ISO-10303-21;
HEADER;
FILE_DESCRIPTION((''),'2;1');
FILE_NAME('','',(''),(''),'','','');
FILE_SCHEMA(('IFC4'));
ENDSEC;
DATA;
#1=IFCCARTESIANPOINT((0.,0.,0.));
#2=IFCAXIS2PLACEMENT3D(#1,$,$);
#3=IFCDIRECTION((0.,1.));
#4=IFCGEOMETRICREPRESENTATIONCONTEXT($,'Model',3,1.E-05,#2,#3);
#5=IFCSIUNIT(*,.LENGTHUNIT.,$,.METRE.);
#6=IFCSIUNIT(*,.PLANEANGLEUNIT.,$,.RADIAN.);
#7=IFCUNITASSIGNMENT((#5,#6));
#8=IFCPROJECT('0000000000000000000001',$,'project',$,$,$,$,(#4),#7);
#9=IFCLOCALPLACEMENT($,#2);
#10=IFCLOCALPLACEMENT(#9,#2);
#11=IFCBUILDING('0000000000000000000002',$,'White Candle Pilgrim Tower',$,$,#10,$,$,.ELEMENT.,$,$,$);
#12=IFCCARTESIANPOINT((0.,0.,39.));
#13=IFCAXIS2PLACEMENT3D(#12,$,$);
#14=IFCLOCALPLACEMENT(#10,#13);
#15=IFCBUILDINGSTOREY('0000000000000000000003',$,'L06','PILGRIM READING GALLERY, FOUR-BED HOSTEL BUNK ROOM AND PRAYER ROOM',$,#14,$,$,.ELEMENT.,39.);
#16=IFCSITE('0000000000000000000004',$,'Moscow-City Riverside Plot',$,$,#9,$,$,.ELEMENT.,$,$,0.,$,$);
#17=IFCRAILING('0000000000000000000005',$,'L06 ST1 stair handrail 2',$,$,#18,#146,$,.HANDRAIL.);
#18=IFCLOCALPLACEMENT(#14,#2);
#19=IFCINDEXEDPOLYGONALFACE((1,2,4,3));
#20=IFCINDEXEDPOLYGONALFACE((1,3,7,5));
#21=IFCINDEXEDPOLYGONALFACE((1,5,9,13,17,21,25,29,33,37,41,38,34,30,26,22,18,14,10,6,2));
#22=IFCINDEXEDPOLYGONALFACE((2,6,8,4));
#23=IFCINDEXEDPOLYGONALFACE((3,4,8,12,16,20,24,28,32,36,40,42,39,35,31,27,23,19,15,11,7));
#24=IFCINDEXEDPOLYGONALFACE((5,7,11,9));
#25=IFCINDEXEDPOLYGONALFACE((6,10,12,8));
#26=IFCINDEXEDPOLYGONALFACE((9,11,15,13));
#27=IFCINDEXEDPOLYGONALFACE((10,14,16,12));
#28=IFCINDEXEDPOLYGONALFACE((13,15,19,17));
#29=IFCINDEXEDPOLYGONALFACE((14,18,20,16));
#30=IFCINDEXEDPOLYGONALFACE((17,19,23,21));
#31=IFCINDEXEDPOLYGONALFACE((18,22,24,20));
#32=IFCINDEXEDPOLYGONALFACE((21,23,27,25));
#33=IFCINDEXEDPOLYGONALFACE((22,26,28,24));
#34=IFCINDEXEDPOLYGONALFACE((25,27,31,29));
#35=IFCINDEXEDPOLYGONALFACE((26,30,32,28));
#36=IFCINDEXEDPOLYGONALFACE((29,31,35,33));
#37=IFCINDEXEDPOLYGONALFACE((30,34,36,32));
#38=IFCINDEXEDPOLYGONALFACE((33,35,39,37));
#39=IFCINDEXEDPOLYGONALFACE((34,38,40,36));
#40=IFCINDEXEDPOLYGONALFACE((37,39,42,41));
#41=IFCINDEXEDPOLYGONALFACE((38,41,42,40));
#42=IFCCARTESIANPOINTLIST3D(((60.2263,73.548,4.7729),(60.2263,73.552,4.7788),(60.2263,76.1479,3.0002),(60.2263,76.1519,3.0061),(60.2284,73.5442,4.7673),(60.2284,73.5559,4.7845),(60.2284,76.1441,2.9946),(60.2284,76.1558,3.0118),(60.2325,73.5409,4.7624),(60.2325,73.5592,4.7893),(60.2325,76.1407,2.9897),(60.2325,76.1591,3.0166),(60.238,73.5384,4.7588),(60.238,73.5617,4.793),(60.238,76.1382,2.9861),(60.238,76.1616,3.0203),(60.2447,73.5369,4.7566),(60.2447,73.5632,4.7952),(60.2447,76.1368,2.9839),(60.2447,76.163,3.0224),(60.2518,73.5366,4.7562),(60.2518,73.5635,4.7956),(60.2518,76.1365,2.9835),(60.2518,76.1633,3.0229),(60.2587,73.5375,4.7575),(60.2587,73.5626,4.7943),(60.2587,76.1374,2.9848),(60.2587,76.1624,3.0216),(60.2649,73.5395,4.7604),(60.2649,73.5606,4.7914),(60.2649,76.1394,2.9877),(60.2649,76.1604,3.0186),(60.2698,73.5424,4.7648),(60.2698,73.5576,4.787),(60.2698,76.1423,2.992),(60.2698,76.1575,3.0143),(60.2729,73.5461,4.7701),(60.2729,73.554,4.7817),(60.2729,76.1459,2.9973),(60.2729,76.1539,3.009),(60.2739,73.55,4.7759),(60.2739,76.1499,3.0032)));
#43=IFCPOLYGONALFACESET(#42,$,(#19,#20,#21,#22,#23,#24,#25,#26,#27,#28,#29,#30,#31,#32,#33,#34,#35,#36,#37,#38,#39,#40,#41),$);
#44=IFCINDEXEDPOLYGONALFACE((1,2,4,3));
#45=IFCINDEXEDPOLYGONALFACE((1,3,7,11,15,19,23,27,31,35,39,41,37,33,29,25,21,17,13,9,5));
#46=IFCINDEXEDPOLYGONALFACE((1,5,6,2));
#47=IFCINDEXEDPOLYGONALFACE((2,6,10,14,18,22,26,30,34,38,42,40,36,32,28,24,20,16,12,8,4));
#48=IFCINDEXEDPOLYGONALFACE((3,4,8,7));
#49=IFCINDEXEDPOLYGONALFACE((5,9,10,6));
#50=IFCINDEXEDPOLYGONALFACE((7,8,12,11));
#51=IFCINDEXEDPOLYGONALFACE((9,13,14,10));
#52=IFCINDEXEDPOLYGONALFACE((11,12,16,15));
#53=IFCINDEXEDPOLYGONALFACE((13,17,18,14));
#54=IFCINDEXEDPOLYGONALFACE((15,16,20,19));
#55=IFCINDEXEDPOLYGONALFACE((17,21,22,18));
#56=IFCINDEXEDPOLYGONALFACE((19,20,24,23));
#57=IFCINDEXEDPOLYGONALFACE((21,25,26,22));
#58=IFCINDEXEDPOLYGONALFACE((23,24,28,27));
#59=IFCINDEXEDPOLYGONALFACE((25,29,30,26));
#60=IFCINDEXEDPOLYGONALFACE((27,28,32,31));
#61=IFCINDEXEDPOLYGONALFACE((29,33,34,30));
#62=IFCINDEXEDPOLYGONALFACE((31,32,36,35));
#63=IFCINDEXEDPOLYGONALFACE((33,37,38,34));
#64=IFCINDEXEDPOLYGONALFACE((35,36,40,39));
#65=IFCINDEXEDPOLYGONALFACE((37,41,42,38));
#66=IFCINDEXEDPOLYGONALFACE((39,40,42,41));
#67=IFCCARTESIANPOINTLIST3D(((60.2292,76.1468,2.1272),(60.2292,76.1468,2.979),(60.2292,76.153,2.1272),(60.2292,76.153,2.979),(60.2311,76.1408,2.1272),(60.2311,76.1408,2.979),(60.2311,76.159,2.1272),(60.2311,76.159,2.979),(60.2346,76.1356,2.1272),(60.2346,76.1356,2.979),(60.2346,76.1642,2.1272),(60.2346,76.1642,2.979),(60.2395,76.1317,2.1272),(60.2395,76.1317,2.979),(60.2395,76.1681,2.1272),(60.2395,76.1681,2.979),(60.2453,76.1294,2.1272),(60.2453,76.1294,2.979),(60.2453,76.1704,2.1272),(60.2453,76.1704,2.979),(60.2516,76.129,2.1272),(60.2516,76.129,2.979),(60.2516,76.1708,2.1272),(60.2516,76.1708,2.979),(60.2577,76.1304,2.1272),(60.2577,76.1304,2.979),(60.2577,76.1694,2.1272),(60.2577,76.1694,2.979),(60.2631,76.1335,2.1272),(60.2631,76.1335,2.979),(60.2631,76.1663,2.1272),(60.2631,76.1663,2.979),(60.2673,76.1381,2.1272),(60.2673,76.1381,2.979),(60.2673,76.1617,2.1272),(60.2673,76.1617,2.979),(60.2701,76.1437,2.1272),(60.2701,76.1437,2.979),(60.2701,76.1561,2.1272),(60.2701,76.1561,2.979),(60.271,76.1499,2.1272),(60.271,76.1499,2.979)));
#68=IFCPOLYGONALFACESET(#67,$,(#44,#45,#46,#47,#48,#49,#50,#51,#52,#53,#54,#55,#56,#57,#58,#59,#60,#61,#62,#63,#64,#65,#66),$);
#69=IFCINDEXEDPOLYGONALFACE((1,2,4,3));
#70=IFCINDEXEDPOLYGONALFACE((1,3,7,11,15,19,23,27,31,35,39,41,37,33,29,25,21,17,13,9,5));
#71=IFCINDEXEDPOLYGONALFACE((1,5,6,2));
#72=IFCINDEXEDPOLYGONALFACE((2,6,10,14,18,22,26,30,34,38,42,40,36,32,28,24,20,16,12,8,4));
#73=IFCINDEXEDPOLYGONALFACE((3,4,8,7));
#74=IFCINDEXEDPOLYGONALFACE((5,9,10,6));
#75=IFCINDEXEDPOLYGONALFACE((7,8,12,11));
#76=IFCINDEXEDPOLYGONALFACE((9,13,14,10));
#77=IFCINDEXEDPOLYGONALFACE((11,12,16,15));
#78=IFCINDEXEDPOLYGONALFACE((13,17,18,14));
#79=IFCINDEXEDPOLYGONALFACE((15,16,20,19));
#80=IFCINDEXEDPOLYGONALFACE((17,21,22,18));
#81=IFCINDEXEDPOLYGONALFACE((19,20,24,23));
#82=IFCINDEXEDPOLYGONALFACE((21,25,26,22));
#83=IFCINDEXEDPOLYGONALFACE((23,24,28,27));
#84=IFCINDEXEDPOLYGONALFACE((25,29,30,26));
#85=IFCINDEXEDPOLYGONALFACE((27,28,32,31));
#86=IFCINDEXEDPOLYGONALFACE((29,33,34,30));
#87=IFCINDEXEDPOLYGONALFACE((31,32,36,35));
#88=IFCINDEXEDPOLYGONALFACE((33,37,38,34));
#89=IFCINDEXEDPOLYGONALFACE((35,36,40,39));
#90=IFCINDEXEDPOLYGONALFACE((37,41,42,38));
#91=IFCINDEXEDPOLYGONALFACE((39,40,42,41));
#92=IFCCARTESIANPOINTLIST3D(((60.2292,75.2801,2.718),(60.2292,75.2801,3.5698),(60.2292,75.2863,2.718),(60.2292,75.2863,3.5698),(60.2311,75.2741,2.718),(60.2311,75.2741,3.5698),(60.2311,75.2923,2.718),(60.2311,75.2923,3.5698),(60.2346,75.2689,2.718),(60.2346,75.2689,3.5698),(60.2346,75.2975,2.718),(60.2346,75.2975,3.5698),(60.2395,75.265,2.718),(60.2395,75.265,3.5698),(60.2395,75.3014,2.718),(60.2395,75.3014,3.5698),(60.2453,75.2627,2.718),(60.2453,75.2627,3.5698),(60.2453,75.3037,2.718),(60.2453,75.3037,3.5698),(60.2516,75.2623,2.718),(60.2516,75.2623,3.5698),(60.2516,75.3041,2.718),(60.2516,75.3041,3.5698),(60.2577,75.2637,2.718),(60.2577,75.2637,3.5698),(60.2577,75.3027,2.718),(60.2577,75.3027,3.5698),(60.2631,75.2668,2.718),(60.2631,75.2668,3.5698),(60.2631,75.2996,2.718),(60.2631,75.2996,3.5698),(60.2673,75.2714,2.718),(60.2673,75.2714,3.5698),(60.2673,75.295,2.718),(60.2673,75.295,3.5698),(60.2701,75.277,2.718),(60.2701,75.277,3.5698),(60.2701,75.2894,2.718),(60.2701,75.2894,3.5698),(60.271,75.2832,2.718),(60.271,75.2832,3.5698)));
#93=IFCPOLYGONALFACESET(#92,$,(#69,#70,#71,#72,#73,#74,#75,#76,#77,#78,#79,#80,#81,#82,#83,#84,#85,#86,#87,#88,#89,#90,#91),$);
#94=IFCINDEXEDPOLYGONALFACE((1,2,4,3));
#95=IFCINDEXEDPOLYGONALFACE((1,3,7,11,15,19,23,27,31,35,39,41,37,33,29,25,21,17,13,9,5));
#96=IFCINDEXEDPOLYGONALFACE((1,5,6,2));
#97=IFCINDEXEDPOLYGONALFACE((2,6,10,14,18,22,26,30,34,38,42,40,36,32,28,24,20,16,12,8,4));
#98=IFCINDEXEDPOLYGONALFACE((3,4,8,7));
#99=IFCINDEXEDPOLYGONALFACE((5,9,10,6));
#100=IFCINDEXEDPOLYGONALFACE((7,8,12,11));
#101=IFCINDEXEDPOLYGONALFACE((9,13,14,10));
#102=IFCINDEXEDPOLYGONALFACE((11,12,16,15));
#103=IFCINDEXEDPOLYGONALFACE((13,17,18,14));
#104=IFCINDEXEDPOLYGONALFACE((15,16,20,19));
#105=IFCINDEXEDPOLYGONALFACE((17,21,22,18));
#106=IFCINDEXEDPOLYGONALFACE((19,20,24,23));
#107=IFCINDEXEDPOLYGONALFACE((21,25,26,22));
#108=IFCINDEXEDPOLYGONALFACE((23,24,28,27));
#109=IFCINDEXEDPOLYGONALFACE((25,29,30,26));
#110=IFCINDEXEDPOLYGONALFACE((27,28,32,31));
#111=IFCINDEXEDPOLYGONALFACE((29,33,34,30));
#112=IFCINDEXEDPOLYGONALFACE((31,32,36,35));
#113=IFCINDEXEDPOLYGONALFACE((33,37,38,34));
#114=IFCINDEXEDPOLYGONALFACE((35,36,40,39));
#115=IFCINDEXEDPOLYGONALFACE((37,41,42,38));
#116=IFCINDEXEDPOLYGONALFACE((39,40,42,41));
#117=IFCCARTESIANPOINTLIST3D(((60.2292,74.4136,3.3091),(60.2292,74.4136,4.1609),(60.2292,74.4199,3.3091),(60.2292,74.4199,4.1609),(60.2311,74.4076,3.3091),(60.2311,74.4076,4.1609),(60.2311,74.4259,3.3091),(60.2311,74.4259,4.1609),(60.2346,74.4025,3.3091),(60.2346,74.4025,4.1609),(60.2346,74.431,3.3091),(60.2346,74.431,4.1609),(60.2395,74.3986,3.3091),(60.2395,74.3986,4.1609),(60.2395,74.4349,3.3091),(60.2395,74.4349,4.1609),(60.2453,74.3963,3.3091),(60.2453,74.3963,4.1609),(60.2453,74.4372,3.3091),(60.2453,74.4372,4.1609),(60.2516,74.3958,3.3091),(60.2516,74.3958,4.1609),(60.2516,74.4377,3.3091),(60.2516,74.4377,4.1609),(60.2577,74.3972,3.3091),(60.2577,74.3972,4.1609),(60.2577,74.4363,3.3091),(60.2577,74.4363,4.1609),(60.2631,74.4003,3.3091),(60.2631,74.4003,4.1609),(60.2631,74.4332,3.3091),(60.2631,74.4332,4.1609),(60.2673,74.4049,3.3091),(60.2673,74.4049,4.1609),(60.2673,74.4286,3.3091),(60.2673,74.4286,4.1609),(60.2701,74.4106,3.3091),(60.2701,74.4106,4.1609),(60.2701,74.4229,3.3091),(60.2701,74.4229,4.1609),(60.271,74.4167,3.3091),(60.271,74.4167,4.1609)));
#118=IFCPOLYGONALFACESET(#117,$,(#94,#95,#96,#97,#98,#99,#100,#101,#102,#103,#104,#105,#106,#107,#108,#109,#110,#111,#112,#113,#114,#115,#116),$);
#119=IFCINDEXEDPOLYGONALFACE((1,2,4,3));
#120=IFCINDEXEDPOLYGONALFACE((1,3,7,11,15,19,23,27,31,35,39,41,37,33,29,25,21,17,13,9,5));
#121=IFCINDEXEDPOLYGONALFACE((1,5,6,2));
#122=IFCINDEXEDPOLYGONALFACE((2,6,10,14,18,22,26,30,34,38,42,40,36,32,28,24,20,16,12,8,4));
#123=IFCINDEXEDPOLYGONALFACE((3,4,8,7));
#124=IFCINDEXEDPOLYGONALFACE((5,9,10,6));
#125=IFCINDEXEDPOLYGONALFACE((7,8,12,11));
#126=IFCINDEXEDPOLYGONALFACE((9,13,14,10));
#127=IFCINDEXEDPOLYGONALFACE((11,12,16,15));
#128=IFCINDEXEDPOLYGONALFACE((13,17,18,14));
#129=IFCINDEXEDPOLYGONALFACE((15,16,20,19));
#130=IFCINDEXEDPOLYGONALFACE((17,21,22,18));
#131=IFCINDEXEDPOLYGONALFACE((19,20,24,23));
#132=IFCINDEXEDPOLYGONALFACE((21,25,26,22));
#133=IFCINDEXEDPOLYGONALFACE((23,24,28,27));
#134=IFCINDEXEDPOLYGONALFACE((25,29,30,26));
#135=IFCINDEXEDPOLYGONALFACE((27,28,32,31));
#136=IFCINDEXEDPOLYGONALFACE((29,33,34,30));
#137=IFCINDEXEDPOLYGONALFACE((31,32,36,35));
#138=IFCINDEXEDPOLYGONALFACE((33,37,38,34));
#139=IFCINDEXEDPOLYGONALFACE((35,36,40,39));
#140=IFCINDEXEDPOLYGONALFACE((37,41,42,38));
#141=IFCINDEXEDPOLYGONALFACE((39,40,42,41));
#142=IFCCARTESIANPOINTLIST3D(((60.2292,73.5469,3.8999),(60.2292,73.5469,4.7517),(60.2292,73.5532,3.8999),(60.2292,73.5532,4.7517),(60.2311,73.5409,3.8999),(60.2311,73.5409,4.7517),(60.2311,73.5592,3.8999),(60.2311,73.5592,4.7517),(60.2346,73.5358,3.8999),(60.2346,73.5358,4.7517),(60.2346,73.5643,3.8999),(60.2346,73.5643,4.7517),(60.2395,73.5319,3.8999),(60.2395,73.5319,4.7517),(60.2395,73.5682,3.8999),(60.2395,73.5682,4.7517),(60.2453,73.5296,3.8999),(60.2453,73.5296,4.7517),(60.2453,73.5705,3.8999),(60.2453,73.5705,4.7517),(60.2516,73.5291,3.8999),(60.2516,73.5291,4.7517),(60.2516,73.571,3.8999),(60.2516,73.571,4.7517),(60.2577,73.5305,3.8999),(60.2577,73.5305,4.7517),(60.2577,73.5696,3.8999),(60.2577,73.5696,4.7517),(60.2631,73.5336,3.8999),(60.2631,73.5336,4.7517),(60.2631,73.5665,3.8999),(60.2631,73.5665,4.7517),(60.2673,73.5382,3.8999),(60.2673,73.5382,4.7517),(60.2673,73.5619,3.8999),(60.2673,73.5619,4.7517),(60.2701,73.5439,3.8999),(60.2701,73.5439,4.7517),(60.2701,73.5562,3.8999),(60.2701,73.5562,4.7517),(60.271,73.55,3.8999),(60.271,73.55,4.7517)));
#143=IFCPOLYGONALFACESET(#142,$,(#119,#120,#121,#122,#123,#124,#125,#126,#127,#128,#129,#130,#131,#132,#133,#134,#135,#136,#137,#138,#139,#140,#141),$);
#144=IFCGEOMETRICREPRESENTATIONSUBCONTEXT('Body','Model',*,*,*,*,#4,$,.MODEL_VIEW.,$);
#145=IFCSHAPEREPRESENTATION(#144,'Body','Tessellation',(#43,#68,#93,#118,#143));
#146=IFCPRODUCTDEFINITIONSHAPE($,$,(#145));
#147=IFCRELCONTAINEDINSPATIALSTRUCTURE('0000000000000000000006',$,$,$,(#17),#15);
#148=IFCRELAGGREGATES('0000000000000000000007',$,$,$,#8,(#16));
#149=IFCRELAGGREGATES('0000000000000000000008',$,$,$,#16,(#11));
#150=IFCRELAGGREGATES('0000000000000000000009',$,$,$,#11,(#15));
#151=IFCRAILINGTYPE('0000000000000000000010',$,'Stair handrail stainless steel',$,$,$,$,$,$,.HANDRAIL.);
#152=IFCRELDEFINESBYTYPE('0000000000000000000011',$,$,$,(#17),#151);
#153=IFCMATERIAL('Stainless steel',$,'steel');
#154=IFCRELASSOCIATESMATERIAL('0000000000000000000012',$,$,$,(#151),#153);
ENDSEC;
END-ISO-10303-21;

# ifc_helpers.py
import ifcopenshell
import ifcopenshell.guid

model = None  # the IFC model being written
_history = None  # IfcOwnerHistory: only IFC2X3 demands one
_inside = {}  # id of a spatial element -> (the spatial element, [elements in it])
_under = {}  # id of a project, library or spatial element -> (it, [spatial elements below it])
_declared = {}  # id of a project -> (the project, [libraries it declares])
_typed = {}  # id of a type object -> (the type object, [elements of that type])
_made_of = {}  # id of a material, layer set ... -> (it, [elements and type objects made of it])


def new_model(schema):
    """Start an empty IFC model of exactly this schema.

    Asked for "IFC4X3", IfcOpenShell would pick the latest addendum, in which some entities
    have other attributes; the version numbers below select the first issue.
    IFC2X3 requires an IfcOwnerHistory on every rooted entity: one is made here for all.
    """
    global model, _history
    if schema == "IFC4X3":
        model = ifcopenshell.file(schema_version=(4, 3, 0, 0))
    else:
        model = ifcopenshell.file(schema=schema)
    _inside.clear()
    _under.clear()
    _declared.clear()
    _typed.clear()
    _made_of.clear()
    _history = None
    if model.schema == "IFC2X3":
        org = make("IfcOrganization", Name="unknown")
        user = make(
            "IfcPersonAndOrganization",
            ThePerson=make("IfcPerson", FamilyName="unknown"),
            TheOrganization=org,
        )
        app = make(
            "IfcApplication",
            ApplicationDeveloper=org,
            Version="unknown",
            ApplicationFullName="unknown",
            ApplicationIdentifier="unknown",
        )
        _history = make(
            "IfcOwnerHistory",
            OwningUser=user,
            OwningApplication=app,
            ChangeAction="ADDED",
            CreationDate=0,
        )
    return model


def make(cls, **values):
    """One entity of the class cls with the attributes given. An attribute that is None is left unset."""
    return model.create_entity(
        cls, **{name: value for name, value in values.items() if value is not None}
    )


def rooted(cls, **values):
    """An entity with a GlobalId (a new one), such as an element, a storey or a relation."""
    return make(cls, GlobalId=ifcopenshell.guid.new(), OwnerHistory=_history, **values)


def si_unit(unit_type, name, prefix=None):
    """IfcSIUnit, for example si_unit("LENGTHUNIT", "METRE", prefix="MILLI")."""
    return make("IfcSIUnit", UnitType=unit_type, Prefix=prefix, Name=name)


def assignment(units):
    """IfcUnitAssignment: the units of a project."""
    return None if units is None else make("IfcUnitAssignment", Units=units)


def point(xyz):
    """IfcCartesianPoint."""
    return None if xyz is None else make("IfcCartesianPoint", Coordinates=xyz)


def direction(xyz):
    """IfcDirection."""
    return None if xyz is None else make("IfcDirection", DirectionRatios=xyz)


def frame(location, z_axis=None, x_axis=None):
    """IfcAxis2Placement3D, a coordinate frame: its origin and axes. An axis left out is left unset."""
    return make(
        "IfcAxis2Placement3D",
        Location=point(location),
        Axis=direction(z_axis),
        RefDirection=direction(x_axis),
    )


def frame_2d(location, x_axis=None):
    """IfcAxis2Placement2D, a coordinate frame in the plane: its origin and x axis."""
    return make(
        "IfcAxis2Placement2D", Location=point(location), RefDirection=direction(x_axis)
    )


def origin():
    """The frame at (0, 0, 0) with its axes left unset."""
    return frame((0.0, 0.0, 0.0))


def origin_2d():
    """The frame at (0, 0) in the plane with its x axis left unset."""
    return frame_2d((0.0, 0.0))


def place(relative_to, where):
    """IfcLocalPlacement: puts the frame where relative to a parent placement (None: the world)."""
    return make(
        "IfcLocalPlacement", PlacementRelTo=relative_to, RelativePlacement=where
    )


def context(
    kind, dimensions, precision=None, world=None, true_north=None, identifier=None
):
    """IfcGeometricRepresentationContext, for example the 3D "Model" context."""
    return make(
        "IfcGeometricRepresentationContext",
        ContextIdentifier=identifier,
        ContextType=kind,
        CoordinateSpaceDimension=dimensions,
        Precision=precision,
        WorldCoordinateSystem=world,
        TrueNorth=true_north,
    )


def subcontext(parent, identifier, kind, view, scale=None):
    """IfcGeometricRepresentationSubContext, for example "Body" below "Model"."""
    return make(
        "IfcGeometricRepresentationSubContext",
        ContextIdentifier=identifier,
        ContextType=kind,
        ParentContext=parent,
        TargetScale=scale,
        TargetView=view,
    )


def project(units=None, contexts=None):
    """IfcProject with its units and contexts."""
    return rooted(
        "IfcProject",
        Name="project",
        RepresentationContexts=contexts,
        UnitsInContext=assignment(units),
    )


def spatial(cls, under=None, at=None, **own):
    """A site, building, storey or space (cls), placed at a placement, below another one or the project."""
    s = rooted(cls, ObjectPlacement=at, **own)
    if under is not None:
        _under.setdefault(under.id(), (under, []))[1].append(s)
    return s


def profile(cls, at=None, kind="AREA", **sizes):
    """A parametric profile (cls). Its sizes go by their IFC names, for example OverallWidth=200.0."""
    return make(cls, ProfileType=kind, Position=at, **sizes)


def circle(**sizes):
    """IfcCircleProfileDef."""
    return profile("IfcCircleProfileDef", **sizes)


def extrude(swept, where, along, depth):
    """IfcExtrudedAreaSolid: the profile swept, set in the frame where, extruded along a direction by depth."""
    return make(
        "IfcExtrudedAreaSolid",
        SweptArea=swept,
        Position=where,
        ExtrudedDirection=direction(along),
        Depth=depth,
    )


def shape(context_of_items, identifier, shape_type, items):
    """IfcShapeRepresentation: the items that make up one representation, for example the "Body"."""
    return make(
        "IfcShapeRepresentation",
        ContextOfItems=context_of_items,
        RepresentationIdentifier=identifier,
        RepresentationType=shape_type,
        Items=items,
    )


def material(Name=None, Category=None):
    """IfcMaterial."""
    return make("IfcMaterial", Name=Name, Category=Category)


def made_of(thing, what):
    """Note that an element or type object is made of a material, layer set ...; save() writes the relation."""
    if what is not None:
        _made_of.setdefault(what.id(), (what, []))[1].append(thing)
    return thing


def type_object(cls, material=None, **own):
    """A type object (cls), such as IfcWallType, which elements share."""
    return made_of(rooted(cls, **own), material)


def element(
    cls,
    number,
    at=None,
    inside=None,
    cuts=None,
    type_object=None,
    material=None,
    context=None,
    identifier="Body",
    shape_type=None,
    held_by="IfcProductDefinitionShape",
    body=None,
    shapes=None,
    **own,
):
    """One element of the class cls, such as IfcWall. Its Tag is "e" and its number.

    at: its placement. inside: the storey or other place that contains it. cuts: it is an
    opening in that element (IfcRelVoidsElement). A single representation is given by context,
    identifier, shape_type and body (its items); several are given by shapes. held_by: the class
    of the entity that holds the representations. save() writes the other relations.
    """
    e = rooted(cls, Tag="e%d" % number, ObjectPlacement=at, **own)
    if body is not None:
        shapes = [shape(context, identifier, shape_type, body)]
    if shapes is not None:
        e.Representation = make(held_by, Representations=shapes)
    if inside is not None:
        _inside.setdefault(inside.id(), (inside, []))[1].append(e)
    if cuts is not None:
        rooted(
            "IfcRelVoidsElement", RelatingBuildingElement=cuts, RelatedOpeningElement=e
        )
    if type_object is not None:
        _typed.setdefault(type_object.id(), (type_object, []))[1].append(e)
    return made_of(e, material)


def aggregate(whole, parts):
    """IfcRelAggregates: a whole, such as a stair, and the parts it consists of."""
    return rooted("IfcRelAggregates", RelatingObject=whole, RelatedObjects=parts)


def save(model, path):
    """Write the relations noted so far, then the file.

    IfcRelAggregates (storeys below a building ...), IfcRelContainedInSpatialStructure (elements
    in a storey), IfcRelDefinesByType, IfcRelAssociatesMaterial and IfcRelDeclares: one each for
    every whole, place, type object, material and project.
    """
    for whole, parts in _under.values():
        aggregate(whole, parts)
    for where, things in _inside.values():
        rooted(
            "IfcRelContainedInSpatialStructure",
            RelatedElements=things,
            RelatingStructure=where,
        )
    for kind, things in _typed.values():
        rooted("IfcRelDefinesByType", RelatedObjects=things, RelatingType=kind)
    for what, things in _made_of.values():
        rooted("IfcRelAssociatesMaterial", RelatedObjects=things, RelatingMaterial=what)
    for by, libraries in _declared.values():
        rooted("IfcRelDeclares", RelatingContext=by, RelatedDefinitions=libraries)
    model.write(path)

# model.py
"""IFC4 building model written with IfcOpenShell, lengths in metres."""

from ifc_helpers import new_model, si_unit, direction, frame, origin, origin_2d, place, context, subcontext, project, spatial, circle, extrude, material, type_object, element, save


model = new_model("IFC4")

# Units and contexts
model_context = context("Model", 3, precision=1e-05, world=origin(), true_north=direction((0.0, 1.0)))
body_context = subcontext(model_context, "Body", "Model", "MODEL_VIEW")
ifc_project = project(units=[si_unit("LENGTHUNIT", "METRE"), si_unit("PLANEANGLEUNIT", "RADIAN")], contexts=[model_context])

# Site, building, storey
site_placement = place(None, origin())
site = spatial("IfcSite", under=ifc_project, at=site_placement, Name="Moscow-City Riverside Plot", CompositionType="ELEMENT", RefElevation=0.0)
building_placement = place(site_placement, origin())
building = spatial("IfcBuilding", under=site, at=building_placement, Name="White Candle Pilgrim Tower", CompositionType="ELEMENT")
storey_placement = place(building_placement, frame((0.0, 0.0, 39.0)))
storey = spatial("IfcBuildingStorey", under=building, at=storey_placement, Name="L06", Description="PILGRIM READING GALLERY, FOUR-BED HOSTEL BUNK ROOM AND PRAYER ROOM", CompositionType="ELEMENT", Elevation=39.0)

# Railing
ifc_material_1 = material(Name="Stainless steel", Category="steel")
railing_type_1 = type_object("IfcRailingType", Name="Stair handrail stainless steel", PredefinedType="HANDRAIL", material=ifc_material_1)
railing_1_placement = place(storey_placement, frame((60.25, 76.1499, 2.1272)))
element("IfcRailing", 1, at=railing_1_placement, inside=storey, type_object=railing_type_1, Name="L06 ST1 stair handrail 2", PredefinedType="HANDRAIL", context=body_context, shape_type="SweptSolid", body=[
    extrude(circle(Radius=0.0239, at=origin_2d()), frame((0.0, 0.0, 0.876), z_axis=(0.0, -0.826216, 0.563354), x_axis=(1.0, 0.0, 0.0)), (0.0, 0.0, 1.0), 3.1467),
    extrude(circle(Radius=0.021, at=origin_2d()), origin(), (0.0, 0.0, 1.0), 0.8518),
    extrude(circle(Radius=0.021, at=origin_2d()), frame((0.0, -0.8667, 0.5908)), (0.0, 0.0, 1.0), 0.8518),
    extrude(circle(Radius=0.021, at=origin_2d()), frame((0.0, -1.7332, 1.1819)), (0.0, 0.0, 1.0), 0.8518),
    extrude(circle(Radius=0.021, at=origin_2d()), frame((0.0, -2.5999, 1.7727)), (0.0, 0.0, 1.0), 0.8518),
])

save(model, "model.ifc")
